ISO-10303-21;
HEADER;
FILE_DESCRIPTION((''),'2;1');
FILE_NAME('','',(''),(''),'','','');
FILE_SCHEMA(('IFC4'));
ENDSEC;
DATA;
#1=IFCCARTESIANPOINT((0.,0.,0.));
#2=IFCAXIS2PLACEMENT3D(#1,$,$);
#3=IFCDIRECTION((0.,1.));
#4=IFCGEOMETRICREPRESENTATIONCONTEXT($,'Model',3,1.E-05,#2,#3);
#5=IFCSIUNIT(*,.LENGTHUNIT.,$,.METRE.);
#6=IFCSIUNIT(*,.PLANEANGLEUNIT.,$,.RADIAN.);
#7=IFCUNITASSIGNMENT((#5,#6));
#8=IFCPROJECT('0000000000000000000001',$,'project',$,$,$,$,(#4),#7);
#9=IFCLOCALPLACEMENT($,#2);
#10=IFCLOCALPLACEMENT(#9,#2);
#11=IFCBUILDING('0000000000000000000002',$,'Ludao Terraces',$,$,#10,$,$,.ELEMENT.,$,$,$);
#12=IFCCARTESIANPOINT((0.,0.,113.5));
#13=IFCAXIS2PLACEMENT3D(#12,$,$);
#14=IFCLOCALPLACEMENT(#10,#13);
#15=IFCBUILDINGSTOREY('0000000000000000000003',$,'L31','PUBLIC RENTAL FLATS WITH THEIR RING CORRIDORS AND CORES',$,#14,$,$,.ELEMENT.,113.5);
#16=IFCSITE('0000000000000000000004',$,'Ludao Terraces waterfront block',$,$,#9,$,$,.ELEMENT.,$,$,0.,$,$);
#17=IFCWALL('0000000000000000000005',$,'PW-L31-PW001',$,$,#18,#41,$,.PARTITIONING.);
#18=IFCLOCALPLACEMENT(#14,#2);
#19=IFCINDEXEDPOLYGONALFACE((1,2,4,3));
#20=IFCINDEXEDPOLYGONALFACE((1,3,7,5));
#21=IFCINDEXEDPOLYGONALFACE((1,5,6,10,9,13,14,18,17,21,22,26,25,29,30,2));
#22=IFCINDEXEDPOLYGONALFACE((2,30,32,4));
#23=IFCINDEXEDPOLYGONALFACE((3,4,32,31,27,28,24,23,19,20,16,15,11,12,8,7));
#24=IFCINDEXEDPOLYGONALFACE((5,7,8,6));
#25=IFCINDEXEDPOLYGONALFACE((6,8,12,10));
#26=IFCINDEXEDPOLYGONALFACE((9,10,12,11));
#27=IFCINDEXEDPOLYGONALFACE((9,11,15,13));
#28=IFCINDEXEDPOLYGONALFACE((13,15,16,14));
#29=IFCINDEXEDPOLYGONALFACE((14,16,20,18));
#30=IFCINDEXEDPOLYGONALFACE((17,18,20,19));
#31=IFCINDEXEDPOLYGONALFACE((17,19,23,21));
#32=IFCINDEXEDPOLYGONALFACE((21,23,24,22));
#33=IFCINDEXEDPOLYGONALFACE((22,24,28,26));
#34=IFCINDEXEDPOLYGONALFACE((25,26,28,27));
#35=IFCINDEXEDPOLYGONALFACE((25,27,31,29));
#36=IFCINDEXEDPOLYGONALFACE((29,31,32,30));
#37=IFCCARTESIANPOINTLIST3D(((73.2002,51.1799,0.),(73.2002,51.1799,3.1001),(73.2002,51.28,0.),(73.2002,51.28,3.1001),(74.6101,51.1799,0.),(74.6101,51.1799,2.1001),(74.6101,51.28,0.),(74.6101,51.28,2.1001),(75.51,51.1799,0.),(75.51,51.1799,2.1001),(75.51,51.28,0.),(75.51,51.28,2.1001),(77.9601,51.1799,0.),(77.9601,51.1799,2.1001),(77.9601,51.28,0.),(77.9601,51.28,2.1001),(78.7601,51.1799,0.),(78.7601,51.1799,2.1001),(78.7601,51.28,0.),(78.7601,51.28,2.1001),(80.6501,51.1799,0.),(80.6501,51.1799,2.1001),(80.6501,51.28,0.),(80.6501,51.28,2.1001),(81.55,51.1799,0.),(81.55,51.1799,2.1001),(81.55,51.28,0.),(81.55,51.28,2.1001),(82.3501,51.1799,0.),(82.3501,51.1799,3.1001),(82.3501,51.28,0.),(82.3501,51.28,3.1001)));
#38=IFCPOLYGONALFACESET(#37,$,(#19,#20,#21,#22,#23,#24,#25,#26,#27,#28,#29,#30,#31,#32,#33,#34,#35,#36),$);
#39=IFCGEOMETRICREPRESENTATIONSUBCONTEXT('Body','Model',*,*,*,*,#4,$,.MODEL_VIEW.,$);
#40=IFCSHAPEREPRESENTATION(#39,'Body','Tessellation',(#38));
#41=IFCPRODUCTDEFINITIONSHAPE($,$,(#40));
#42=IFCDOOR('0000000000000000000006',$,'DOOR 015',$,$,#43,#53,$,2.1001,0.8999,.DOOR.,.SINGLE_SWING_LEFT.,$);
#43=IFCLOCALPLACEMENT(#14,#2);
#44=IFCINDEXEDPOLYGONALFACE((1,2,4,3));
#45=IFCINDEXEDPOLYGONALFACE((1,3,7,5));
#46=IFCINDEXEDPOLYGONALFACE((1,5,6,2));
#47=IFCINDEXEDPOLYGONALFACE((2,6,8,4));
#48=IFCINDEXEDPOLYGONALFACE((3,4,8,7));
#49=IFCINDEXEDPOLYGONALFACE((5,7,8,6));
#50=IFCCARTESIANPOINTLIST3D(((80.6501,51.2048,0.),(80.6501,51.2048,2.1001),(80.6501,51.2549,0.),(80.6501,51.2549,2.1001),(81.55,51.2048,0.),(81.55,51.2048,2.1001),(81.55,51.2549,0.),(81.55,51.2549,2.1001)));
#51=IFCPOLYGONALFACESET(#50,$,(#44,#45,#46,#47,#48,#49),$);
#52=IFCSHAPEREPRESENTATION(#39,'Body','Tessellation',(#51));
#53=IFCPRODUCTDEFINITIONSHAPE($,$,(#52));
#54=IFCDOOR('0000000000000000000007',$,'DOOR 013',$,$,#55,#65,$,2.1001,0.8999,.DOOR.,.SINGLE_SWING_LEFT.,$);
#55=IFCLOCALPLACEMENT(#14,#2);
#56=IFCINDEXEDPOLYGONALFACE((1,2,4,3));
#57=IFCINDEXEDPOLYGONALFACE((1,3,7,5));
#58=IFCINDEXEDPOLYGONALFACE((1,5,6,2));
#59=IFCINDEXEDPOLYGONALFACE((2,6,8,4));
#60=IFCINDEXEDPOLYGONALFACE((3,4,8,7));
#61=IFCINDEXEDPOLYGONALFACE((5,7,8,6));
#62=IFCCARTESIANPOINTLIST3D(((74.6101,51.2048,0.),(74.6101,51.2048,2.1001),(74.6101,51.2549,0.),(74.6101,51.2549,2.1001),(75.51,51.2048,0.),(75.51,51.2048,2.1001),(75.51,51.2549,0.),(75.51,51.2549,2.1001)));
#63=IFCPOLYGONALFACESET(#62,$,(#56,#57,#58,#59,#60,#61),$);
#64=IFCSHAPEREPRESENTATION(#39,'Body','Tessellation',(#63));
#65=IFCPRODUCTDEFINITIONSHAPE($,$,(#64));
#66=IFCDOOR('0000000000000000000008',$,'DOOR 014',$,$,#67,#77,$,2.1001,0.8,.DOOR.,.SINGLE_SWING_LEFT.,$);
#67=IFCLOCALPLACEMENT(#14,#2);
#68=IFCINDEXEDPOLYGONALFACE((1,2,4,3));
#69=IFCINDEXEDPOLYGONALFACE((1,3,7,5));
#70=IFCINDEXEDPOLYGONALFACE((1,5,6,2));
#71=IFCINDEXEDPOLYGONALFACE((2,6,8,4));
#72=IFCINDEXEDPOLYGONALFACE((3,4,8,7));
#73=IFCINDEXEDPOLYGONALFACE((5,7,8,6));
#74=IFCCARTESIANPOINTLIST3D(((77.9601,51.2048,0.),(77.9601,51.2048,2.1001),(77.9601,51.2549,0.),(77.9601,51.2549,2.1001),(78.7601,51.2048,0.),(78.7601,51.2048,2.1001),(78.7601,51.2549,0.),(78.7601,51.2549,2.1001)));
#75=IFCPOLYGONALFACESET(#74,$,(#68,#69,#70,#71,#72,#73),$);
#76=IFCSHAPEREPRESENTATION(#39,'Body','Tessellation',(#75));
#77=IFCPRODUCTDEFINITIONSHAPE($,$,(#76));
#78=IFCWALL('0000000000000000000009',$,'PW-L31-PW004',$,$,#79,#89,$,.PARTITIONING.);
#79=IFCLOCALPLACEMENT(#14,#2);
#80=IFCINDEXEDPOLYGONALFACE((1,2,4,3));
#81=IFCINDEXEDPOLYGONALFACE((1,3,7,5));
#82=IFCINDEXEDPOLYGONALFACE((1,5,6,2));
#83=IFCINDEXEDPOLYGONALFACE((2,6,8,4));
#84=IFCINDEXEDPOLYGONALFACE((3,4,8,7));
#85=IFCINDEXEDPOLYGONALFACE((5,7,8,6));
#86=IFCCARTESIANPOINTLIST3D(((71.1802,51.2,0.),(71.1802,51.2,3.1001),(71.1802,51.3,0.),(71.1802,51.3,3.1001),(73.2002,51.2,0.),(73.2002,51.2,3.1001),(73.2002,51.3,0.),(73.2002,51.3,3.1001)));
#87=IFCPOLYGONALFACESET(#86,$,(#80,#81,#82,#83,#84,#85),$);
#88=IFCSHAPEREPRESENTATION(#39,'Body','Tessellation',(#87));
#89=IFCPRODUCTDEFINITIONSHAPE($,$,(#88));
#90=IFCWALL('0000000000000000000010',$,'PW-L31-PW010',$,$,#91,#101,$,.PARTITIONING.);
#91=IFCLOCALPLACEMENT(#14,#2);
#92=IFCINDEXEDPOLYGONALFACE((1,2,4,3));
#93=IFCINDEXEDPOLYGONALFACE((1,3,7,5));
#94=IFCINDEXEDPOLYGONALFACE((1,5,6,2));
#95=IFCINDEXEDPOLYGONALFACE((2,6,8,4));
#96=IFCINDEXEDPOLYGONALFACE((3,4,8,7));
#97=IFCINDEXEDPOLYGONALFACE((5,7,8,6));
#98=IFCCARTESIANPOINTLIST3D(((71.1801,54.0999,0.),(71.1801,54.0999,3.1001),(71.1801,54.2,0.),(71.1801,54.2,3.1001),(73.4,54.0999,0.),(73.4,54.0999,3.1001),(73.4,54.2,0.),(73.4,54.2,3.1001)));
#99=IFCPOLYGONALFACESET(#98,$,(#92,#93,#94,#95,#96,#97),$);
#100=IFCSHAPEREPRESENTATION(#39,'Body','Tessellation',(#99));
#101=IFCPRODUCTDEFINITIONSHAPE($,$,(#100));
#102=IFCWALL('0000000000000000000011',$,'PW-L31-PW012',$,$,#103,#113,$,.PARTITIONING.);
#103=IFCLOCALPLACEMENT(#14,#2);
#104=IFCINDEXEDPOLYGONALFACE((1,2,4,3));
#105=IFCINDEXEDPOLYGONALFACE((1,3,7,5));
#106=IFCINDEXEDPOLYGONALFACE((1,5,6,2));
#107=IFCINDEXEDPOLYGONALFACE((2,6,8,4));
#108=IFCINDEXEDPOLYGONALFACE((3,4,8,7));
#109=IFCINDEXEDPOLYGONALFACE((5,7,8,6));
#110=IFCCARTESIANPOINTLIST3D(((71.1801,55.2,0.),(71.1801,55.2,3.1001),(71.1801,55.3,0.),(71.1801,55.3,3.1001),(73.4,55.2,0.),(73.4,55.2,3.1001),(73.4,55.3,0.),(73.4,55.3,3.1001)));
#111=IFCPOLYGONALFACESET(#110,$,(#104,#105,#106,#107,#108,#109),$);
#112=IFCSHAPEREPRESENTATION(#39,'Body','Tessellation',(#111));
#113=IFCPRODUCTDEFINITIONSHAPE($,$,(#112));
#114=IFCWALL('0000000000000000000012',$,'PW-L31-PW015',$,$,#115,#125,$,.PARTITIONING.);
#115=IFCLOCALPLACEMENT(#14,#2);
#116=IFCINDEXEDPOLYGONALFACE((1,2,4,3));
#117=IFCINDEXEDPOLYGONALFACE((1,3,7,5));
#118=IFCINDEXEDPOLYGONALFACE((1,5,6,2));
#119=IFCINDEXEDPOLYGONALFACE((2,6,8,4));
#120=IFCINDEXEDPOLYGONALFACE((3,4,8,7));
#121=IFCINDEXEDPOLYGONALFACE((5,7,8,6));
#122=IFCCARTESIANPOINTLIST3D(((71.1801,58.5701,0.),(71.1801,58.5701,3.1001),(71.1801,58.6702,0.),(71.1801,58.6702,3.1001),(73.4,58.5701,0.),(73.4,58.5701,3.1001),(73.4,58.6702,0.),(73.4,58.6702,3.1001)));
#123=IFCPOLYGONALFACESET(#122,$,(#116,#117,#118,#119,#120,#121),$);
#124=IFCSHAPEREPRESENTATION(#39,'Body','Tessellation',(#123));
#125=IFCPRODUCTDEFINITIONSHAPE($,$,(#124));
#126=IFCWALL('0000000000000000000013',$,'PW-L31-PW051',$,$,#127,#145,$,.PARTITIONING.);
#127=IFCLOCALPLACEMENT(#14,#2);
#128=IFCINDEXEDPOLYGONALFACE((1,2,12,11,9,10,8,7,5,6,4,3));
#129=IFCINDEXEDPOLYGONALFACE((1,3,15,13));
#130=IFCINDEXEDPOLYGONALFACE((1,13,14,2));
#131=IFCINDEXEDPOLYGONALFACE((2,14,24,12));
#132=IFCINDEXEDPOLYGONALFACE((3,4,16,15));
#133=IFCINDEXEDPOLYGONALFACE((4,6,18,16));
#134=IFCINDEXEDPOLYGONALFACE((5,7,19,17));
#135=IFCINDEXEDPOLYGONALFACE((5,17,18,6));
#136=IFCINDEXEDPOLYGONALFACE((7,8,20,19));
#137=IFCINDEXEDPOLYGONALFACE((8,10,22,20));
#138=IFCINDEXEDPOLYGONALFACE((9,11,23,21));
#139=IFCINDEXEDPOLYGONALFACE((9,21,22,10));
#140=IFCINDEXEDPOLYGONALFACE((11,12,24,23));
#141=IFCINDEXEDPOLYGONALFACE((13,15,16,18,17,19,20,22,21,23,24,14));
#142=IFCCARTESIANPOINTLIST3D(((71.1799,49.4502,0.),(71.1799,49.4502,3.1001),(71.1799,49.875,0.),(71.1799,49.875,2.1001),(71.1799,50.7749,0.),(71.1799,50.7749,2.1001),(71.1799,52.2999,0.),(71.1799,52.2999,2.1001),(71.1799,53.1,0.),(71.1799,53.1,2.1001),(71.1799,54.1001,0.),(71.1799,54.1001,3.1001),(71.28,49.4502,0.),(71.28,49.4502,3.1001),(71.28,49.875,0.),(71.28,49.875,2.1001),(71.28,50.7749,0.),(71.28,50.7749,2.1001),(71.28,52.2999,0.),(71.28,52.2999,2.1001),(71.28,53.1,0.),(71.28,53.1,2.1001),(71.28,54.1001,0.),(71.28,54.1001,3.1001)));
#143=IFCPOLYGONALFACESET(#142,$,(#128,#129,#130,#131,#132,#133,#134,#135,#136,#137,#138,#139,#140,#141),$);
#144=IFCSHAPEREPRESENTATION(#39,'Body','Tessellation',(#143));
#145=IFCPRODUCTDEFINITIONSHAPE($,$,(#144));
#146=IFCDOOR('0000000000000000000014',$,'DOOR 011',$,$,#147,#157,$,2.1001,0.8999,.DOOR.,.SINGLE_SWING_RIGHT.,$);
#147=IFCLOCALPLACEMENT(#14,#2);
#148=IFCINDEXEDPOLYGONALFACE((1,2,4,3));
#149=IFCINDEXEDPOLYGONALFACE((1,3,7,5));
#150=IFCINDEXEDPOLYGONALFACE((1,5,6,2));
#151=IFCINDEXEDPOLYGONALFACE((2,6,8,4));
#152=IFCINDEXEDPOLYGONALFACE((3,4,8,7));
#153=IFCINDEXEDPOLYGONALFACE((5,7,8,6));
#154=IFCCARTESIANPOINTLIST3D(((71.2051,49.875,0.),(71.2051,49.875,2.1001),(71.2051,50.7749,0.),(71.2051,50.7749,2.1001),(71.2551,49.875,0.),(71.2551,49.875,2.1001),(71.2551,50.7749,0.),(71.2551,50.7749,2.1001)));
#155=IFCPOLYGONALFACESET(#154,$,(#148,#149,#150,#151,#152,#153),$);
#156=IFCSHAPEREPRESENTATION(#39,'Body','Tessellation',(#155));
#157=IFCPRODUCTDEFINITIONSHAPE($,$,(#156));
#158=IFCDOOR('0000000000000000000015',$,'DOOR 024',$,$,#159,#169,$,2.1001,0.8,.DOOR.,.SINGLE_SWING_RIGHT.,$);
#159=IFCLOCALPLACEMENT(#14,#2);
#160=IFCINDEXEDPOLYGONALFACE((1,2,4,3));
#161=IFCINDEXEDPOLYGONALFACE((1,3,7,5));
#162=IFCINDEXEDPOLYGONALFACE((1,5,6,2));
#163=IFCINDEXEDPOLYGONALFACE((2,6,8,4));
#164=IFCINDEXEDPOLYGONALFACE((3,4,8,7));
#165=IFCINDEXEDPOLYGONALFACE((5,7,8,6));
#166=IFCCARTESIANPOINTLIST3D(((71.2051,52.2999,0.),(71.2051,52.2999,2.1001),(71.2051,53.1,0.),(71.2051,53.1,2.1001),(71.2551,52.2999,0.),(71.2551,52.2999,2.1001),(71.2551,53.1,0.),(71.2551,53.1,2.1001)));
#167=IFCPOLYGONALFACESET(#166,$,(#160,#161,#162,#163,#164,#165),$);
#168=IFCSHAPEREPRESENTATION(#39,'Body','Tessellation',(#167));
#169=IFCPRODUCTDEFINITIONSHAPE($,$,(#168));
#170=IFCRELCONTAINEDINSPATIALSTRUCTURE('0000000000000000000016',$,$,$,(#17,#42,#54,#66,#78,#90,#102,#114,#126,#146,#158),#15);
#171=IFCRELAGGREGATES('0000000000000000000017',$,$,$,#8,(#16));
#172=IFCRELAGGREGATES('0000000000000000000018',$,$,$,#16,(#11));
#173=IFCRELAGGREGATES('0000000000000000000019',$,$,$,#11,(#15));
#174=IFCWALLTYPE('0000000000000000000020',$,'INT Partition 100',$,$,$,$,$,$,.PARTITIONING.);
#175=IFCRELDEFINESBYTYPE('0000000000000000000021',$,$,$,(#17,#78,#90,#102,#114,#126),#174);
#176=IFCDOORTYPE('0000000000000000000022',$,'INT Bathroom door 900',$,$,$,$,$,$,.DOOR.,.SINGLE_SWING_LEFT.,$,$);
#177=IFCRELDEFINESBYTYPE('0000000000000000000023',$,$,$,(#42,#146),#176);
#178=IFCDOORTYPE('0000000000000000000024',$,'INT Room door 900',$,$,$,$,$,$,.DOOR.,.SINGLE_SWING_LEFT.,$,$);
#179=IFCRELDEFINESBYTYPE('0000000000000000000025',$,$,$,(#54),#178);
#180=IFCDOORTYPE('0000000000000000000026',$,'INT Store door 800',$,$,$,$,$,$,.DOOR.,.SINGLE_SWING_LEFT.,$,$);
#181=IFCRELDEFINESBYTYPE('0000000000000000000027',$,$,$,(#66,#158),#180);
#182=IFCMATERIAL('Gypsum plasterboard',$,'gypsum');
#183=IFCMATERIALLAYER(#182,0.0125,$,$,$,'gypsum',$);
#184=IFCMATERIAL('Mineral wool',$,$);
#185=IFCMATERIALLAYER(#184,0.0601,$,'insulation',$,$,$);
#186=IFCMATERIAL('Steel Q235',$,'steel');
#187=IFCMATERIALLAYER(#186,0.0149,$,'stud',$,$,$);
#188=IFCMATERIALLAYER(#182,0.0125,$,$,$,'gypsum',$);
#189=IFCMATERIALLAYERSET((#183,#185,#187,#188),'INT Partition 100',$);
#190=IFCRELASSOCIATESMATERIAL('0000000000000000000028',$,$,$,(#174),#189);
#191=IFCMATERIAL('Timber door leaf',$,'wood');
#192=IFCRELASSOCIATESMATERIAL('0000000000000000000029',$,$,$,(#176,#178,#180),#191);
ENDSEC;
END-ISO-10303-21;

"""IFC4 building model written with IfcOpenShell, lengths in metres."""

from ifc_helpers import new_model, si_unit, direction, frame, frame_2d, origin, place, context, subcontext, project, spatial, rectangle, extrude, material, layer, layer_set, type_object, element, fill, save


model = new_model("IFC4")

# Units and contexts
model_context = context("Model", 3, precision=1e-05, world=origin(), true_north=direction((0.0, 1.0)))
body_context = subcontext(model_context, "Body", "Model", "MODEL_VIEW")
ifc_project = project(units=[si_unit("LENGTHUNIT", "METRE"), si_unit("PLANEANGLEUNIT", "RADIAN")], contexts=[model_context])

# Site, building, storey
site_placement = place(None, origin())
site = spatial("IfcSite", under=ifc_project, at=site_placement, Name="Ludao Terraces waterfront block", CompositionType="ELEMENT", RefElevation=0.0)
building_placement = place(site_placement, origin())
building = spatial("IfcBuilding", under=site, at=building_placement, Name="Ludao Terraces", CompositionType="ELEMENT")
storey_placement = place(building_placement, frame((0.0, 0.0, 113.5)))
storey = spatial("IfcBuildingStorey", under=building, at=storey_placement, Name="L31", Description="PUBLIC RENTAL FLATS WITH THEIR RING CORRIDORS AND CORES", CompositionType="ELEMENT", Elevation=113.5)

# Wall, openings, doors
ifc_material_1 = material(Name="Steel Q235", Category="steel")
ifc_material_2 = material(Name="Gypsum plasterboard", Category="gypsum")
ifc_layer_1 = layer(ifc_material_2, 0.0125, Category="gypsum")
ifc_material_3 = material(Name="Mineral wool")
ifc_layer_2 = layer(ifc_material_3, 0.0601, Name="insulation")
ifc_layer_3 = layer(ifc_material_1, 0.0149, Name="stud")
ifc_layer_4 = layer(ifc_material_2, 0.0125, Category="gypsum")
ifc_layer_set_1 = layer_set([ifc_layer_1, ifc_layer_2, ifc_layer_3, ifc_layer_4], Name="INT Partition 100")
wall_type_1 = type_object("IfcWallType", Name="INT Partition 100", PredefinedType="PARTITIONING", material=ifc_layer_set_1)
wall_1_placement = place(storey_placement, frame((73.2002, 51.23, 0.0), z_axis=(0.0, 0.0, 1.0), x_axis=(1.0, 0.0, 0.0)))
wall_1 = element("IfcWall", 1, at=wall_1_placement, inside=storey, type_object=wall_type_1, Name="PW-L31-PW001", PredefinedType="PARTITIONING", context=body_context, shape_type="SweptSolid", body=[
    extrude(rectangle(XDim=9.1499, YDim=0.1001, at=frame_2d((4.575, 0.0))), origin(), (0.0, 0.0, 1.0), 3.1001),
])
opening_1_placement = place(wall_1_placement, frame((1.4099, 0.0, 0.0)))
opening_1 = element("IfcOpeningElement", 2, at=opening_1_placement, cuts=wall_1, PredefinedType="OPENING", context=body_context, shape_type="SweptSolid", body=[
    extrude(rectangle(XDim=0.8999, YDim=2.1001, at=frame_2d((0.45, 1.05))), frame((0.0, 0.0601, 0.0), z_axis=(0.0, -1.0, 0.0), x_axis=(1.0, 0.0, 0.0)), (0.0, 0.0, 1.0), 0.1201),
])
opening_2_placement = place(wall_1_placement, frame((4.76, 0.0, 0.0)))
opening_2 = element("IfcOpeningElement", 3, at=opening_2_placement, cuts=wall_1, PredefinedType="OPENING", context=body_context, shape_type="SweptSolid", body=[
    extrude(rectangle(XDim=0.8, YDim=2.1001, at=frame_2d((0.3999, 1.05))), frame((0.0, 0.0601, 0.0), z_axis=(0.0, -1.0, 0.0), x_axis=(1.0, 0.0, 0.0)), (0.0, 0.0, 1.0), 0.1201),
])
opening_3_placement = place(wall_1_placement, frame((7.45, 0.0, 0.0)))
opening_3 = element("IfcOpeningElement", 4, at=opening_3_placement, cuts=wall_1, PredefinedType="OPENING", context=body_context, shape_type="SweptSolid", body=[
    extrude(rectangle(XDim=0.8999, YDim=2.1001, at=frame_2d((0.45, 1.05))), frame((0.0, 0.0601, 0.0), z_axis=(0.0, -1.0, 0.0), x_axis=(1.0, 0.0, 0.0)), (0.0, 0.0, 1.0), 0.1201),
])
ifc_material_4 = material(Name="Timber door leaf", Category="wood")
door_type_1 = type_object("IfcDoorType", Name="INT Bathroom door 900", OperationType="SINGLE_SWING_LEFT", PredefinedType="DOOR", material=ifc_material_4)
door_1_placement = place(opening_3_placement, origin())
door_1 = element("IfcDoor", 5, at=door_1_placement, inside=storey, type_object=door_type_1, Name="DOOR 015", OperationType="SINGLE_SWING_LEFT", OverallHeight=2.1001, OverallWidth=0.8999, PredefinedType="DOOR", context=body_context, shape_type="SweptSolid", body=[
    extrude(rectangle(XDim=0.8999, YDim=2.1001, at=frame_2d((0.45, 1.05))), frame((0.0, 0.0249, 0.0), z_axis=(0.0, -1.0, 0.0), x_axis=(1.0, 0.0, 0.0)), (0.0, 0.0, 1.0), 0.05),
])
fill(opening_3, door_1)
door_type_2 = type_object("IfcDoorType", Name="INT Room door 900", OperationType="SINGLE_SWING_LEFT", PredefinedType="DOOR", material=ifc_material_4)
door_2_placement = place(opening_1_placement, origin())
door_2 = element("IfcDoor", 6, at=door_2_placement, inside=storey, type_object=door_type_2, Name="DOOR 013", OperationType="SINGLE_SWING_LEFT", OverallHeight=2.1001, OverallWidth=0.8999, PredefinedType="DOOR", context=body_context, shape_type="SweptSolid", body=[
    extrude(rectangle(XDim=0.8999, YDim=2.1001, at=frame_2d((0.45, 1.05))), frame((0.0, 0.0249, 0.0), z_axis=(0.0, -1.0, 0.0), x_axis=(1.0, 0.0, 0.0)), (0.0, 0.0, 1.0), 0.05),
])
fill(opening_1, door_2)
door_type_3 = type_object("IfcDoorType", Name="INT Store door 800", OperationType="SINGLE_SWING_LEFT", PredefinedType="DOOR", material=ifc_material_4)
door_3_placement = place(opening_2_placement, origin())
door_3 = element("IfcDoor", 7, at=door_3_placement, inside=storey, type_object=door_type_3, Name="DOOR 014", OperationType="SINGLE_SWING_LEFT", OverallHeight=2.1001, OverallWidth=0.8, PredefinedType="DOOR", context=body_context, shape_type="SweptSolid", body=[
    extrude(rectangle(XDim=0.8, YDim=2.1001, at=frame_2d((0.3999, 1.05))), frame((0.0, 0.0249, 0.0), z_axis=(0.0, -1.0, 0.0), x_axis=(1.0, 0.0, 0.0)), (0.0, 0.0, 1.0), 0.05),
])
fill(opening_2, door_3)

# Walls
wall_2_placement = place(storey_placement, frame((71.1802, 51.25, 0.0), z_axis=(0.0, 0.0, 1.0), x_axis=(1.0, 0.0, 0.0)))
element("IfcWall", 8, at=wall_2_placement, inside=storey, type_object=wall_type_1, Name="PW-L31-PW004", PredefinedType="PARTITIONING", context=body_context, shape_type="SweptSolid", body=[
    extrude(rectangle(XDim=2.02, YDim=0.1001, at=frame_2d((1.01, 0.0))), origin(), (0.0, 0.0, 1.0), 3.1001),
])
for number, where, z_axis, x_axis, name in (
    (9, (71.1802, 54.1499, 0.0), (0.0, 0.0, 1.0), (1.0, 0.0, 0.0), "PW-L31-PW010"),
    (10, (71.1802, 55.25, 0.0), (0.0, 0.0, 1.0), (1.0, 0.0, 0.0), "PW-L31-PW012"),
    (11, (71.1802, 58.6201, 0.0), (0.0, 0.0, 1.0), (1.0, 0.0, 0.0), "PW-L31-PW015"),
):
    element("IfcWall", number, at=place(storey_placement, frame(where, z_axis=z_axis, x_axis=x_axis)), inside=storey, type_object=wall_type_1, Name=name, PredefinedType="PARTITIONING", context=body_context, shape_type="SweptSolid", body=[
        extrude(rectangle(XDim=2.22, YDim=0.1001, at=frame_2d((1.1099, 0.0))), origin(), (0.0, 0.0, 1.0), 3.1001),
    ])

# Wall, openings, doors
wall_3_placement = place(storey_placement, frame((71.23, 49.4502, 0.0), z_axis=(0.0, 0.0, 1.0), x_axis=(0.0, 1.0, 0.0)))
wall_3 = element("IfcWall", 12, at=wall_3_placement, inside=storey, type_object=wall_type_1, Name="PW-L31-PW051", PredefinedType="PARTITIONING", context=body_context, shape_type="SweptSolid", body=[
    extrude(rectangle(XDim=4.6499, YDim=0.1001, at=frame_2d((2.325, 0.0))), origin(), (0.0, 0.0, 1.0), 3.1001),
])
opening_4_placement = place(wall_3_placement, frame((0.4248, 0.0, 0.0)))
opening_4 = element("IfcOpeningElement", 13, at=opening_4_placement, cuts=wall_3, PredefinedType="OPENING", context=body_context, shape_type="SweptSolid", body=[
    extrude(rectangle(XDim=0.8999, YDim=2.1001, at=frame_2d((0.45, 1.05))), frame((0.0, 0.0601, 0.0), z_axis=(0.0, -1.0, 0.0), x_axis=(1.0, 0.0, 0.0)), (0.0, 0.0, 1.0), 0.1201),
])
opening_5_placement = place(wall_3_placement, frame((2.8499, 0.0, 0.0)))
opening_5 = element("IfcOpeningElement", 14, at=opening_5_placement, cuts=wall_3, PredefinedType="OPENING", context=body_context, shape_type="SweptSolid", body=[
    extrude(rectangle(XDim=0.8, YDim=2.1001, at=frame_2d((0.3999, 1.05))), frame((0.0, 0.0601, 0.0), z_axis=(0.0, -1.0, 0.0), x_axis=(1.0, 0.0, 0.0)), (0.0, 0.0, 1.0), 0.1201),
])
door_4_placement = place(opening_4_placement, origin())
door_4 = element("IfcDoor", 15, at=door_4_placement, inside=storey, type_object=door_type_1, Name="DOOR 011", OperationType="SINGLE_SWING_RIGHT", OverallHeight=2.1001, OverallWidth=0.8999, PredefinedType="DOOR", context=body_context, shape_type="SweptSolid", body=[
    extrude(rectangle(XDim=0.8999, YDim=2.1001, at=frame_2d((0.45, 1.05))), frame((0.0, 0.0249, 0.0), z_axis=(0.0, -1.0, 0.0), x_axis=(1.0, 0.0, 0.0)), (0.0, 0.0, 1.0), 0.05),
])
fill(opening_4, door_4)
door_5_placement = place(opening_5_placement, origin())
door_5 = element("IfcDoor", 16, at=door_5_placement, inside=storey, type_object=door_type_3, Name="DOOR 024", OperationType="SINGLE_SWING_RIGHT", OverallHeight=2.1001, OverallWidth=0.8, PredefinedType="DOOR", context=body_context, shape_type="SweptSolid", body=[
    extrude(rectangle(XDim=0.8, YDim=2.1001, at=frame_2d((0.3999, 1.05))), frame((0.0, 0.0249, 0.0), z_axis=(0.0, -1.0, 0.0), x_axis=(1.0, 0.0, 0.0)), (0.0, 0.0, 1.0), 0.05),
])
fill(opening_5, door_5)

save(model, "model.ifc")
